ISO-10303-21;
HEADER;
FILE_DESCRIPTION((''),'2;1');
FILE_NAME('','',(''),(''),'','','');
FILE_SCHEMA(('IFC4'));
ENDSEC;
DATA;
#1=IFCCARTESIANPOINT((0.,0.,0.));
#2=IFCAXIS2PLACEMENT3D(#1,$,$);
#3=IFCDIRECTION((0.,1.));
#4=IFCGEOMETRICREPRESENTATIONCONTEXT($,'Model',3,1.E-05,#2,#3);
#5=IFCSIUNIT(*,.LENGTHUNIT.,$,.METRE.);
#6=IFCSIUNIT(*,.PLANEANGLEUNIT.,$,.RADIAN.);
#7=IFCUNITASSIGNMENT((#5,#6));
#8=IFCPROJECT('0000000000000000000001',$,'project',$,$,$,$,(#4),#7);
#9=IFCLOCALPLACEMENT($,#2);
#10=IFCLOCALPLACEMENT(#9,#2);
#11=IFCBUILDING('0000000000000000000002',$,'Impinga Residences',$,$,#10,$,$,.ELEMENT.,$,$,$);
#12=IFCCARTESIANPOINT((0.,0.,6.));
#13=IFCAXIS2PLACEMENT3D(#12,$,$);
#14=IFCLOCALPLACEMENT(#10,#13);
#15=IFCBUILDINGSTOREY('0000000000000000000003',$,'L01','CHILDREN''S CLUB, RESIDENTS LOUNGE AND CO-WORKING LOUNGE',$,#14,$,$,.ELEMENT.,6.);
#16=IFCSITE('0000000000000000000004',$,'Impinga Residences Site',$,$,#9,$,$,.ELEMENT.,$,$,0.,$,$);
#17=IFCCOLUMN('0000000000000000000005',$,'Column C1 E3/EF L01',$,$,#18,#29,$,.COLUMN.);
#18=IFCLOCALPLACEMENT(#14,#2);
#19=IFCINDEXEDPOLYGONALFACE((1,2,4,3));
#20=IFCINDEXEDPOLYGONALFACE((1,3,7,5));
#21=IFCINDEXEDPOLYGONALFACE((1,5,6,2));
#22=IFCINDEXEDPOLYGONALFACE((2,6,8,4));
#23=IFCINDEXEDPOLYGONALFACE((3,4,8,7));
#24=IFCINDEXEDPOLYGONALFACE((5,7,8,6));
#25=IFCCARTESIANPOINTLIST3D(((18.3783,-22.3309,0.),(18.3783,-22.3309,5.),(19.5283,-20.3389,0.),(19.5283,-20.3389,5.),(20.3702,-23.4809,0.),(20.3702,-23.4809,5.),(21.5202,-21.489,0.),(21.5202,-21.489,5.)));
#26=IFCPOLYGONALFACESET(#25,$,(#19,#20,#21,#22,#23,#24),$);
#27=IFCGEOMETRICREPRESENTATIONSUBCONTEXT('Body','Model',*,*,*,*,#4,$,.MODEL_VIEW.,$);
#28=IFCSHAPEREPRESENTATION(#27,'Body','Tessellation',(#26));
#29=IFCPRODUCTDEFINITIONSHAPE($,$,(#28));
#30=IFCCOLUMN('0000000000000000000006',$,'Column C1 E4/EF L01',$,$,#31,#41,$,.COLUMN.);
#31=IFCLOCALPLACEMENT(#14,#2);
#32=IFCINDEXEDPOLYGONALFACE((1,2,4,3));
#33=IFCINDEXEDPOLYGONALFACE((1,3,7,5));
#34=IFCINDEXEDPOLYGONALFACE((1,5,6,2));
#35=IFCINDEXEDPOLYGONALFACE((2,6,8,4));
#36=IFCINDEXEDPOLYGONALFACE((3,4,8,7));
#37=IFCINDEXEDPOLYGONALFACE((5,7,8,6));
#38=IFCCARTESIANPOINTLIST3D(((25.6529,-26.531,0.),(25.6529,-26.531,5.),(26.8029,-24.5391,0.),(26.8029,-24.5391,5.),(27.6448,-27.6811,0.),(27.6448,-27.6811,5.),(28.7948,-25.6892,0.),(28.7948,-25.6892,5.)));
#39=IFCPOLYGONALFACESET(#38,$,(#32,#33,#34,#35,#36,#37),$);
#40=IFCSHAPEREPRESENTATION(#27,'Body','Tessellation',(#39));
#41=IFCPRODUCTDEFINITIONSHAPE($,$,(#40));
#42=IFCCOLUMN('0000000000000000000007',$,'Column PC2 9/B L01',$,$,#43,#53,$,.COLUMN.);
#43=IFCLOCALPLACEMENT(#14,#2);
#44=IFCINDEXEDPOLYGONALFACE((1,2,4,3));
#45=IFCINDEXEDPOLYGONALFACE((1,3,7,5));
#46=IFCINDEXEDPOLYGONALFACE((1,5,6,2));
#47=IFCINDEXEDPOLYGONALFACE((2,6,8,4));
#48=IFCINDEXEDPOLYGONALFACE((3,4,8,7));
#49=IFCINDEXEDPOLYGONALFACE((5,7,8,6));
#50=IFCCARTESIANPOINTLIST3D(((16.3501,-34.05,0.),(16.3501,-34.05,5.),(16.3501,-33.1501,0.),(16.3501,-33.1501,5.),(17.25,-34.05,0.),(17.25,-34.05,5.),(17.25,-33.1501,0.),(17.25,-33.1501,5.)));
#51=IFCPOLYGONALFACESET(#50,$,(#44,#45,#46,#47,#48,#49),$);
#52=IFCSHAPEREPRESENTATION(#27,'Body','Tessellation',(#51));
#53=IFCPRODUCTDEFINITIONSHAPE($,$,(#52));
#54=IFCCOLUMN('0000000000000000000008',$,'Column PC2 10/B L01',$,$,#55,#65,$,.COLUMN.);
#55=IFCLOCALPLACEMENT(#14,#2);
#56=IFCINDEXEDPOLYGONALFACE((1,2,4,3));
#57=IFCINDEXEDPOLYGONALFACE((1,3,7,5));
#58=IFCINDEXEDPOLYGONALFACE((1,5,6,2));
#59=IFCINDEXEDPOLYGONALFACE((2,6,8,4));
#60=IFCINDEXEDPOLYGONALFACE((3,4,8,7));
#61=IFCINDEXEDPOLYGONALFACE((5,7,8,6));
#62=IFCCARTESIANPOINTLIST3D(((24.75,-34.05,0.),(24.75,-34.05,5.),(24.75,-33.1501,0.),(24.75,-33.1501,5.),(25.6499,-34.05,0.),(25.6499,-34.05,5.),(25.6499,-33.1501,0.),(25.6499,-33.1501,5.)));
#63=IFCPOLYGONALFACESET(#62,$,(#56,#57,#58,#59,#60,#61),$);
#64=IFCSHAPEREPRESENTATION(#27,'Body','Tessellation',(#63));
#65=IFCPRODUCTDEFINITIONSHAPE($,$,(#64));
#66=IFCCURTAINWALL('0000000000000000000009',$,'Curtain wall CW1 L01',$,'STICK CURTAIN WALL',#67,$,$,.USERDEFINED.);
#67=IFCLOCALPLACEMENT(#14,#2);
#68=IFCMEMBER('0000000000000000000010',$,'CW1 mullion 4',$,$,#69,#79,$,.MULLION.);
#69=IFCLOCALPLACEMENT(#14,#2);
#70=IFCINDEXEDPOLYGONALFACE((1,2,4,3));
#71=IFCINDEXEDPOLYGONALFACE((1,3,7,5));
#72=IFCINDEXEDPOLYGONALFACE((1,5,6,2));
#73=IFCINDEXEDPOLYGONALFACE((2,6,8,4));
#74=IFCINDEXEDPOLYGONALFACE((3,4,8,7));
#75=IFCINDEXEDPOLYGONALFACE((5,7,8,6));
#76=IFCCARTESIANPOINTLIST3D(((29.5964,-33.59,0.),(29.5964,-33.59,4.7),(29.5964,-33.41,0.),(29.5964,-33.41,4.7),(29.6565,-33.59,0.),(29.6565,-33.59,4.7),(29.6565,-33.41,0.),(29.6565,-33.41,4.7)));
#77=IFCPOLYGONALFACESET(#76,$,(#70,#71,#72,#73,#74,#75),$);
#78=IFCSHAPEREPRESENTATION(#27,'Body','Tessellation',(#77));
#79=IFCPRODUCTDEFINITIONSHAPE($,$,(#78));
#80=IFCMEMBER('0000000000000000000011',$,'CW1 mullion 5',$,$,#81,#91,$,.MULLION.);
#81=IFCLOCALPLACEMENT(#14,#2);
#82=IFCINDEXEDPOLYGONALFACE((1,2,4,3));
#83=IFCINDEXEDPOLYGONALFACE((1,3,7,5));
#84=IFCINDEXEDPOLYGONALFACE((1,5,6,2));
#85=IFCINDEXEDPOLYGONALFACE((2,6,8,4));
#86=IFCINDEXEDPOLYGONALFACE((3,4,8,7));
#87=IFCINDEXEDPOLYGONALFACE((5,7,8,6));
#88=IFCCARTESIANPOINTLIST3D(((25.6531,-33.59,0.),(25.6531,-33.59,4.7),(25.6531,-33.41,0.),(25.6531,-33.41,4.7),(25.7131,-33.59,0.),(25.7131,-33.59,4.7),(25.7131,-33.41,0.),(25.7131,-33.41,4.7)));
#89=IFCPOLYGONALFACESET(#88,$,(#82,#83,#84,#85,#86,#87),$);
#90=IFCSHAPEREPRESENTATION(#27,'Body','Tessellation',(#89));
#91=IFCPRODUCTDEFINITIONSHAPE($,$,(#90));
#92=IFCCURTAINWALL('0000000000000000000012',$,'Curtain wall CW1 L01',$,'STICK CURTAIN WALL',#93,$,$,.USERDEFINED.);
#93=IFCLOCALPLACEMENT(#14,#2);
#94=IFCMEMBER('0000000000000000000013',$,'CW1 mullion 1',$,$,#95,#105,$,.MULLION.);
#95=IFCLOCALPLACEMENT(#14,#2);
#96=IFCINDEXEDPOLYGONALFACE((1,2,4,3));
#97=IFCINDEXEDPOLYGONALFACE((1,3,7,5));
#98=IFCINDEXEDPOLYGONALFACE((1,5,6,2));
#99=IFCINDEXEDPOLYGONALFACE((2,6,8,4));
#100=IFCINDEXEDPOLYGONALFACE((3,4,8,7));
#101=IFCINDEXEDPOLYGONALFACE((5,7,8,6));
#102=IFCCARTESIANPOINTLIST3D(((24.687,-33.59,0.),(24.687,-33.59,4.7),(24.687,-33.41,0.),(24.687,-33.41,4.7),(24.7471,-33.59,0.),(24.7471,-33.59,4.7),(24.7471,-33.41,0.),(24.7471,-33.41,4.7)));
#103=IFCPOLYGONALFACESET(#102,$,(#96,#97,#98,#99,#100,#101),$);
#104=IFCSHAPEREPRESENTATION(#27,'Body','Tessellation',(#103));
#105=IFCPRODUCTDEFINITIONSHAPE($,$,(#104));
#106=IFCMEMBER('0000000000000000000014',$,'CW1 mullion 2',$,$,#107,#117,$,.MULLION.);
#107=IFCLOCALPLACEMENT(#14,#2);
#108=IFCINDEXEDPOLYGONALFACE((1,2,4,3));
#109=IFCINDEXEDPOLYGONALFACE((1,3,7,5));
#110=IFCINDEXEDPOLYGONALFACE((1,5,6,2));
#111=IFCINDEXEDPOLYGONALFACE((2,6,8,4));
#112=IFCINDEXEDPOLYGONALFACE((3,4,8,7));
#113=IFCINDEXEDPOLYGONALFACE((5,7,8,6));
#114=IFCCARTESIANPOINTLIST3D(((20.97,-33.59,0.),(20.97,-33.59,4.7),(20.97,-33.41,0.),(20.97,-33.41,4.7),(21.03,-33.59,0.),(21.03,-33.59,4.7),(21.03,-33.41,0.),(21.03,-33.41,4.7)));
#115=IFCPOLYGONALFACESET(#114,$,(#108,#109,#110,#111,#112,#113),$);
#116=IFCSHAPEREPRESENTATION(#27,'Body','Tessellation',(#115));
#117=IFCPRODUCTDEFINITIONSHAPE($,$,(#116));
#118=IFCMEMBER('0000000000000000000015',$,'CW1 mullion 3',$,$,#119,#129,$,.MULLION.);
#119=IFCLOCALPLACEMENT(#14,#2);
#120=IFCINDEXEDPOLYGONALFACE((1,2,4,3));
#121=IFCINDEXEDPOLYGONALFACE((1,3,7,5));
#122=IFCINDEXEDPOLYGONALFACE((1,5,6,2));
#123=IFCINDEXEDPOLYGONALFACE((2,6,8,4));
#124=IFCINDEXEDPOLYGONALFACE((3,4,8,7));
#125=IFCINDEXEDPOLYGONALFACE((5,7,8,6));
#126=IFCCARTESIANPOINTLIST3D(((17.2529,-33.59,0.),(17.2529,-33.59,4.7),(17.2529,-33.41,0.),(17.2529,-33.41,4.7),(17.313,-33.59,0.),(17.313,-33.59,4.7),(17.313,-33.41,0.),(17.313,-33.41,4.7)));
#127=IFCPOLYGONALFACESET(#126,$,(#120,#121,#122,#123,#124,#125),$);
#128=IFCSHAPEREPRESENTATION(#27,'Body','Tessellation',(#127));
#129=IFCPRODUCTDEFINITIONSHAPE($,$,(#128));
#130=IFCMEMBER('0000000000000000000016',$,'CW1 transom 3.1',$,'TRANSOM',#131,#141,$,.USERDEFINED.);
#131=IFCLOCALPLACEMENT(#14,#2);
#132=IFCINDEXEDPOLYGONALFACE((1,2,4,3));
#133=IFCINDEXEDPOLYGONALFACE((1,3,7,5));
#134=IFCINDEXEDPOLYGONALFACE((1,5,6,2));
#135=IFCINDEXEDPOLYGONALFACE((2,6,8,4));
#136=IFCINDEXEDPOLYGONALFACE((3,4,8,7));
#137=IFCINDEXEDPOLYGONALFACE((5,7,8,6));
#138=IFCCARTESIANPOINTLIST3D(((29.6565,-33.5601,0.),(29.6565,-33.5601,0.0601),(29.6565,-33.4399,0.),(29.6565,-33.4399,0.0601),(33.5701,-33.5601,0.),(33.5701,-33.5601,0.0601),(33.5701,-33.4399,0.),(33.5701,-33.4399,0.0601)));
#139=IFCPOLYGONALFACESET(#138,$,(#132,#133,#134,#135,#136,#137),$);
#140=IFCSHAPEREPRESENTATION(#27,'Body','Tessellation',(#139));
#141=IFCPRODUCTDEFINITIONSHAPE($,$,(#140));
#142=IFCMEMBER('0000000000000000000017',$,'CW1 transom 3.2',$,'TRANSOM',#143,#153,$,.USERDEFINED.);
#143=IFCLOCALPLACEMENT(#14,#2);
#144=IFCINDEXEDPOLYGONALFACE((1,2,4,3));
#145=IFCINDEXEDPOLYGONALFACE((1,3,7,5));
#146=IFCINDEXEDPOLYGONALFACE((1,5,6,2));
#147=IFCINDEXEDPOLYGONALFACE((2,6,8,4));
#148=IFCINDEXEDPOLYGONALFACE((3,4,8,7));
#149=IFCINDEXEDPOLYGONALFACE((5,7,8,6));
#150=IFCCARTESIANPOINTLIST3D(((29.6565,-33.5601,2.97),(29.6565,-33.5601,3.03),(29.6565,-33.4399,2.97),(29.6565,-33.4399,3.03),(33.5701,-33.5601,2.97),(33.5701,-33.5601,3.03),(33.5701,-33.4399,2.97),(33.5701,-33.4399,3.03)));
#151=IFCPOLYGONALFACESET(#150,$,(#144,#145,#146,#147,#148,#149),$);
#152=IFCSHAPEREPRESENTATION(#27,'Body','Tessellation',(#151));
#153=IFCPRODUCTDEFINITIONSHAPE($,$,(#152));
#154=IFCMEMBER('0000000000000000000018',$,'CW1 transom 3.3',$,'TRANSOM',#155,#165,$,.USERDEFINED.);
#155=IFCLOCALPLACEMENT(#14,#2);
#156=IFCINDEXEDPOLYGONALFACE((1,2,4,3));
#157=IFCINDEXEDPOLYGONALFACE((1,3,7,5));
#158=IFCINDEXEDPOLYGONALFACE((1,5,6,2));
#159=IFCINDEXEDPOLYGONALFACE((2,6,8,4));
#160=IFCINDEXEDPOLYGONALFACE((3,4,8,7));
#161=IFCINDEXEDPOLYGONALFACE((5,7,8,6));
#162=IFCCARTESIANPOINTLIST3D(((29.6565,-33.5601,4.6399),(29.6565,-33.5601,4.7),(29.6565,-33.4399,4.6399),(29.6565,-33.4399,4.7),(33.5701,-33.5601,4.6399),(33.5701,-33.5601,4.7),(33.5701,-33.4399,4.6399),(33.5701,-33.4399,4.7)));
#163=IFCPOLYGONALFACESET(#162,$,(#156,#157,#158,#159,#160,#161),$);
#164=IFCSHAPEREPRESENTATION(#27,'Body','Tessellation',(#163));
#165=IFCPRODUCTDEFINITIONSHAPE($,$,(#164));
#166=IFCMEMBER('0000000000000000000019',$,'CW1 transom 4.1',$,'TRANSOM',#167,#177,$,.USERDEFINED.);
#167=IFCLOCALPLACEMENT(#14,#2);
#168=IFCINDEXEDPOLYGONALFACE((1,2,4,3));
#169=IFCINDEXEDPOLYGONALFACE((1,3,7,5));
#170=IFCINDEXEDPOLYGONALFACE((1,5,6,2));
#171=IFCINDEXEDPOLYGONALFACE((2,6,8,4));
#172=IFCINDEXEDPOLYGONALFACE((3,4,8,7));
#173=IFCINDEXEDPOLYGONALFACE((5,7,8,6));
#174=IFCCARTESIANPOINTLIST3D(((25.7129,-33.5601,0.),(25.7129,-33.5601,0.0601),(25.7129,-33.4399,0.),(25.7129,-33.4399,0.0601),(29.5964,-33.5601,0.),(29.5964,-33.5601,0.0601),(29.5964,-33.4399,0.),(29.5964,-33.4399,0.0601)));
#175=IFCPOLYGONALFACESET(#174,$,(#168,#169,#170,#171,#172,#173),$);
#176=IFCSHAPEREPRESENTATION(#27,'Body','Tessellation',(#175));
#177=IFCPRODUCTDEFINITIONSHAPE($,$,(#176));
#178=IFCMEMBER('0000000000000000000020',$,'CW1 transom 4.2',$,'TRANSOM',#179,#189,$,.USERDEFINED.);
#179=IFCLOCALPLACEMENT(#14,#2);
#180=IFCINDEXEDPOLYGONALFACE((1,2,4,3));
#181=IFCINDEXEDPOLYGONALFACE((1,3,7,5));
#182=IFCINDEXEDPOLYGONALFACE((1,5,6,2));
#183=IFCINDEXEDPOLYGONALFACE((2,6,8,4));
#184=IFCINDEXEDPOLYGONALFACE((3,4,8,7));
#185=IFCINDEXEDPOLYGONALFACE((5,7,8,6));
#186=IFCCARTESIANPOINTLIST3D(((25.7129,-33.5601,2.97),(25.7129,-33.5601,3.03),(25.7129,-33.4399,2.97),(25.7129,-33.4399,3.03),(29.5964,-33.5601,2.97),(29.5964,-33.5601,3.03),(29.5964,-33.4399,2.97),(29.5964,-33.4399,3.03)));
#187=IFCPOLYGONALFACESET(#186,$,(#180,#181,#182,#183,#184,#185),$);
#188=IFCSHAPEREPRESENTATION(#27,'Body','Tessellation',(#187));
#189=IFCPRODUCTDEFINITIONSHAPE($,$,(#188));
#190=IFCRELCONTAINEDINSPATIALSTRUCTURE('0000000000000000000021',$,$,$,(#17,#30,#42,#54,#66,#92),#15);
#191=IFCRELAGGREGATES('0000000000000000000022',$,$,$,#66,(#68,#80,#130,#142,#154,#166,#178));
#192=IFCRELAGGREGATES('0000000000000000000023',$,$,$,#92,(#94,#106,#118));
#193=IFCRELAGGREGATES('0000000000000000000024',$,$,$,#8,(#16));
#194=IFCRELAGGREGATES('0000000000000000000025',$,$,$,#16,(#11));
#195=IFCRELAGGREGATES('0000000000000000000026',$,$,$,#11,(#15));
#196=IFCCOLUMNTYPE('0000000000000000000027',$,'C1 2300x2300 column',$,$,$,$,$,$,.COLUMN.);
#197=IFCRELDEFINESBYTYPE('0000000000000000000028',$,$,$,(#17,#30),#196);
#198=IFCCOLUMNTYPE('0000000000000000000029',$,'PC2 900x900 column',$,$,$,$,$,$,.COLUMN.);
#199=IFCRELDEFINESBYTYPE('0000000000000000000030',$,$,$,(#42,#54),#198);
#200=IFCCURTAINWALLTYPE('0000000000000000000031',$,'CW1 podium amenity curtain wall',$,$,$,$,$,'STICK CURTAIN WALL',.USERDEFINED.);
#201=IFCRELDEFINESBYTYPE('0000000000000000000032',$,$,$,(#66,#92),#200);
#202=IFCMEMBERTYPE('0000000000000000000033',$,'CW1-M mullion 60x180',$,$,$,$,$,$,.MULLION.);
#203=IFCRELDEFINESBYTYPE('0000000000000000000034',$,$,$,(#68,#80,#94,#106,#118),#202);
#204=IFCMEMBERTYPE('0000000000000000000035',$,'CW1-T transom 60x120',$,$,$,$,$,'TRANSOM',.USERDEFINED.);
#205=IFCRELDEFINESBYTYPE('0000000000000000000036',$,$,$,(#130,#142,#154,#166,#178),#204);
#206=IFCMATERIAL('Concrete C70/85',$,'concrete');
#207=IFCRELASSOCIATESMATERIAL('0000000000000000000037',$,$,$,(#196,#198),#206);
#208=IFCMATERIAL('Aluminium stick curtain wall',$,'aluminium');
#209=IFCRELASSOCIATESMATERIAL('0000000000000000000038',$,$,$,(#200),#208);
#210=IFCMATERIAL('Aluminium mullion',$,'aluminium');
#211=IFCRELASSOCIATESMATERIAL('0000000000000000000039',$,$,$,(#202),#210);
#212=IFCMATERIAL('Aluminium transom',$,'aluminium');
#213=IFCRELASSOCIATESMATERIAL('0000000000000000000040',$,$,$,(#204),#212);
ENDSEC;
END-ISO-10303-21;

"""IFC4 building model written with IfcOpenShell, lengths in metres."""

from ifc_helpers import new_model, si_unit, direction, frame, origin, origin_2d, place, context, subcontext, project, spatial, rectangle, extrude, material, material_profile, profile_set, type_object, element, aggregate, save


model = new_model("IFC4")

# Units and contexts
model_context = context("Model", 3, precision=1e-05, world=origin(), true_north=direction((0.0, 1.0)))
body_context = subcontext(model_context, "Body", "Model", "MODEL_VIEW")
ifc_project = project(units=[si_unit("LENGTHUNIT", "METRE"), si_unit("PLANEANGLEUNIT", "RADIAN")], contexts=[model_context])

# Site, building, storey
site_placement = place(None, origin())
site = spatial("IfcSite", under=ifc_project, at=site_placement, Name="Impinga Residences Site", CompositionType="ELEMENT", RefElevation=0.0)
building_placement = place(site_placement, origin())
building = spatial("IfcBuilding", under=site, at=building_placement, Name="Impinga Residences", CompositionType="ELEMENT")
storey_placement = place(building_placement, frame((0.0, 0.0, 6.0)))
storey = spatial("IfcBuildingStorey", under=building, at=storey_placement, Name="L01", Description="CHILDREN'S CLUB, RESIDENTS LOUNGE AND CO-WORKING LOUNGE", CompositionType="ELEMENT", Elevation=6.0)

# Columns
ifc_material_1 = material(Name="Concrete C70/85", Category="concrete")
ifc_material_profile_1 = material_profile(ifc_material_1, rectangle(XDim=2.3, YDim=2.3, at=origin_2d()), Name="RC 2300x2300")
ifc_profile_set_1 = profile_set([ifc_material_profile_1], Name="Concrete C70/85")
column_type_1 = type_object("IfcColumnType", Name="C1 2300x2300 column", PredefinedType="COLUMN", material=ifc_profile_set_1)
for number, where, z_axis, x_axis, name in (
    (1, (19.9492, -21.9099, 0.0), (0.0, 0.0, 1.0), (-0.5, -0.866025, 0.0), "Column C1 E3/EF L01"),
    (2, (27.2239, -26.1101, 0.0), (0.0, 0.0, 1.0), (-0.5, -0.866025, 0.0), "Column C1 E4/EF L01"),
):
    element("IfcColumn", number, at=place(storey_placement, frame(where, z_axis=z_axis, x_axis=x_axis)), inside=storey, type_object=column_type_1, Name=name, PredefinedType="COLUMN", context=body_context, shape_type="SweptSolid", body=[
        extrude(rectangle(XDim=2.3, YDim=2.3, at=origin_2d()), origin(), (0.0, 0.0, 1.0), 5.0),
    ])
ifc_material_profile_2 = material_profile(ifc_material_1, rectangle(XDim=0.8999, YDim=0.8999, at=origin_2d()), Name="RC 900x900")
ifc_profile_set_2 = profile_set([ifc_material_profile_2], Name="Concrete C70/85")
column_type_2 = type_object("IfcColumnType", Name="PC2 900x900 column", PredefinedType="COLUMN", material=ifc_profile_set_2)
for number, where, z_axis, x_axis, name in (
    (3, (16.8, -33.6001, 0.0), (0.0, 0.0, 1.0), (1.0, 0.0, 0.0), "Column PC2 9/B L01"),
    (4, (25.2, -33.6001, 0.0), (0.0, 0.0, 1.0), (1.0, 0.0, 0.0), "Column PC2 10/B L01"),
):
    element("IfcColumn", number, at=place(storey_placement, frame(where, z_axis=z_axis, x_axis=x_axis)), inside=storey, type_object=column_type_2, Name=name, PredefinedType="COLUMN", context=body_context, shape_type="SweptSolid", body=[
        extrude(rectangle(XDim=0.8999, YDim=0.8999, at=origin_2d()), origin(), (0.0, 0.0, 1.0), 5.0),
    ])

# Curtain walls, members
ifc_material_2 = material(Name="Aluminium stick curtain wall", Category="aluminium")
curtain_wall_type = type_object("IfcCurtainWallType", Name="CW1 podium amenity curtain wall", ElementType="STICK CURTAIN WALL", PredefinedType="USERDEFINED", material=ifc_material_2)
curtain_wall_1_placement = place(storey_placement, origin())
curtain_wall_1 = element("IfcCurtainWall", 5, at=curtain_wall_1_placement, inside=storey, type_object=curtain_wall_type, Name="Curtain wall CW1 L01", ObjectType="STICK CURTAIN WALL", PredefinedType="USERDEFINED")
ifc_material_3 = material(Name="Aluminium mullion", Category="aluminium")
ifc_material_profile_3 = material_profile(ifc_material_3, rectangle(XDim=0.0601, YDim=0.1799, at=origin_2d()), Name="60x180 mullion")
ifc_profile_set_3 = profile_set([ifc_material_profile_3], Name="Aluminium mullion")
member_type_1 = type_object("IfcMemberType", Name="CW1-M mullion 60x180", PredefinedType="MULLION", material=ifc_profile_set_3)
member_1_placement = place(storey_placement, frame((29.6265, -33.5, 0.0), z_axis=(0.0, 0.0, 1.0), x_axis=(-1.0, 0.0, 0.0)))
member_1 = element("IfcMember", 6, at=member_1_placement, type_object=member_type_1, Name="CW1 mullion 4", PredefinedType="MULLION", context=body_context, shape_type="SweptSolid", body=[
    extrude(rectangle(XDim=0.0601, YDim=0.1799, at=origin_2d()), origin(), (0.0, 0.0, 1.0), 4.7),
])
member_2_placement = place(storey_placement, frame((25.6831, -33.5, 0.0), z_axis=(0.0, 0.0, 1.0), x_axis=(-1.0, 0.0, 0.0)))
member_2 = element("IfcMember", 7, at=member_2_placement, type_object=member_type_1, Name="CW1 mullion 5", PredefinedType="MULLION", context=body_context, shape_type="SweptSolid", body=[
    extrude(rectangle(XDim=0.0601, YDim=0.1799, at=origin_2d()), origin(), (0.0, 0.0, 1.0), 4.7),
])
curtain_wall_2_placement = place(storey_placement, origin())
curtain_wall_2 = element("IfcCurtainWall", 8, at=curtain_wall_2_placement, inside=storey, type_object=curtain_wall_type, Name="Curtain wall CW1 L01", ObjectType="STICK CURTAIN WALL", PredefinedType="USERDEFINED")
member_3_placement = place(storey_placement, frame((24.717, -33.5, 0.0), z_axis=(0.0, 0.0, 1.0), x_axis=(-1.0, 0.0, 0.0)))
member_3 = element("IfcMember", 9, at=member_3_placement, type_object=member_type_1, Name="CW1 mullion 1", PredefinedType="MULLION", context=body_context, shape_type="SweptSolid", body=[
    extrude(rectangle(XDim=0.0601, YDim=0.1799, at=origin_2d()), origin(), (0.0, 0.0, 1.0), 4.7),
])
member_4_placement = place(storey_placement, frame((21.0, -33.5, 0.0), z_axis=(0.0, 0.0, 1.0), x_axis=(-1.0, 0.0, 0.0)))
member_4 = element("IfcMember", 10, at=member_4_placement, type_object=member_type_1, Name="CW1 mullion 2", PredefinedType="MULLION", context=body_context, shape_type="SweptSolid", body=[
    extrude(rectangle(XDim=0.0601, YDim=0.1799, at=origin_2d()), origin(), (0.0, 0.0, 1.0), 4.7),
])
member_5_placement = place(storey_placement, frame((17.283, -33.5, 0.0), z_axis=(0.0, 0.0, 1.0), x_axis=(-1.0, 0.0, 0.0)))
member_5 = element("IfcMember", 11, at=member_5_placement, type_object=member_type_1, Name="CW1 mullion 3", PredefinedType="MULLION", context=body_context, shape_type="SweptSolid", body=[
    extrude(rectangle(XDim=0.0601, YDim=0.1799, at=origin_2d()), origin(), (0.0, 0.0, 1.0), 4.7),
])

# Members
ifc_material_4 = material(Name="Aluminium transom", Category="aluminium")
ifc_material_profile_4 = material_profile(ifc_material_4, rectangle(XDim=0.0601, YDim=0.1201, at=origin_2d()), Name="60x120 transom")
ifc_profile_set_4 = profile_set([ifc_material_profile_4], Name="Aluminium transom")
member_type_2 = type_object("IfcMemberType", Name="CW1-T transom 60x120", ElementType="TRANSOM", PredefinedType="USERDEFINED", material=ifc_profile_set_4)
member_6_placement = place(storey_placement, frame((33.5701, -33.5, 0.03), z_axis=(-1.0, 0.0, 0.0), x_axis=(0.0, 0.0, 1.0)))
member_6 = element("IfcMember", 12, at=member_6_placement, type_object=member_type_2, Name="CW1 transom 3.1", ObjectType="TRANSOM", PredefinedType="USERDEFINED", context=body_context, shape_type="SweptSolid", body=[
    extrude(rectangle(XDim=0.0601, YDim=0.1201, at=origin_2d()), origin(), (0.0, 0.0, 1.0), 3.9136),
])
member_7_placement = place(storey_placement, frame((33.5701, -33.5, 3.0), z_axis=(-1.0, 0.0, 0.0), x_axis=(0.0, 0.0, 1.0)))
member_7 = element("IfcMember", 13, at=member_7_placement, type_object=member_type_2, Name="CW1 transom 3.2", ObjectType="TRANSOM", PredefinedType="USERDEFINED", context=body_context, shape_type="SweptSolid", body=[
    extrude(rectangle(XDim=0.0601, YDim=0.1201, at=origin_2d()), origin(), (0.0, 0.0, 1.0), 3.9136),
])
member_8_placement = place(storey_placement, frame((33.5701, -33.5, 4.6699), z_axis=(-1.0, 0.0, 0.0), x_axis=(0.0, 0.0, 1.0)))
member_8 = element("IfcMember", 14, at=member_8_placement, type_object=member_type_2, Name="CW1 transom 3.3", ObjectType="TRANSOM", PredefinedType="USERDEFINED", context=body_context, shape_type="SweptSolid", body=[
    extrude(rectangle(XDim=0.0601, YDim=0.1201, at=origin_2d()), origin(), (0.0, 0.0, 1.0), 3.9136),
])
member_9_placement = place(storey_placement, frame((29.5964, -33.5, 0.03), z_axis=(-1.0, 0.0, 0.0), x_axis=(0.0, 0.0, 1.0)))
member_9 = element("IfcMember", 15, at=member_9_placement, type_object=member_type_2, Name="CW1 transom 4.1", ObjectType="TRANSOM", PredefinedType="USERDEFINED", context=body_context, shape_type="SweptSolid", body=[
    extrude(rectangle(XDim=0.0601, YDim=0.1201, at=origin_2d()), origin(), (0.0, 0.0, 1.0), 3.8835),
])
member_10_placement = place(storey_placement, frame((29.5964, -33.5, 3.0), z_axis=(-1.0, 0.0, 0.0), x_axis=(0.0, 0.0, 1.0)))
member_10 = element("IfcMember", 16, at=member_10_placement, type_object=member_type_2, Name="CW1 transom 4.2", ObjectType="TRANSOM", PredefinedType="USERDEFINED", context=body_context, shape_type="SweptSolid", body=[
    extrude(rectangle(XDim=0.0601, YDim=0.1201, at=origin_2d()), origin(), (0.0, 0.0, 1.0), 3.8835),
])

aggregate(curtain_wall_1, [member_1, member_2, member_6, member_7, member_8, member_9, member_10])
aggregate(curtain_wall_2, [member_3, member_4, member_5])

save(model, "model.ifc")
